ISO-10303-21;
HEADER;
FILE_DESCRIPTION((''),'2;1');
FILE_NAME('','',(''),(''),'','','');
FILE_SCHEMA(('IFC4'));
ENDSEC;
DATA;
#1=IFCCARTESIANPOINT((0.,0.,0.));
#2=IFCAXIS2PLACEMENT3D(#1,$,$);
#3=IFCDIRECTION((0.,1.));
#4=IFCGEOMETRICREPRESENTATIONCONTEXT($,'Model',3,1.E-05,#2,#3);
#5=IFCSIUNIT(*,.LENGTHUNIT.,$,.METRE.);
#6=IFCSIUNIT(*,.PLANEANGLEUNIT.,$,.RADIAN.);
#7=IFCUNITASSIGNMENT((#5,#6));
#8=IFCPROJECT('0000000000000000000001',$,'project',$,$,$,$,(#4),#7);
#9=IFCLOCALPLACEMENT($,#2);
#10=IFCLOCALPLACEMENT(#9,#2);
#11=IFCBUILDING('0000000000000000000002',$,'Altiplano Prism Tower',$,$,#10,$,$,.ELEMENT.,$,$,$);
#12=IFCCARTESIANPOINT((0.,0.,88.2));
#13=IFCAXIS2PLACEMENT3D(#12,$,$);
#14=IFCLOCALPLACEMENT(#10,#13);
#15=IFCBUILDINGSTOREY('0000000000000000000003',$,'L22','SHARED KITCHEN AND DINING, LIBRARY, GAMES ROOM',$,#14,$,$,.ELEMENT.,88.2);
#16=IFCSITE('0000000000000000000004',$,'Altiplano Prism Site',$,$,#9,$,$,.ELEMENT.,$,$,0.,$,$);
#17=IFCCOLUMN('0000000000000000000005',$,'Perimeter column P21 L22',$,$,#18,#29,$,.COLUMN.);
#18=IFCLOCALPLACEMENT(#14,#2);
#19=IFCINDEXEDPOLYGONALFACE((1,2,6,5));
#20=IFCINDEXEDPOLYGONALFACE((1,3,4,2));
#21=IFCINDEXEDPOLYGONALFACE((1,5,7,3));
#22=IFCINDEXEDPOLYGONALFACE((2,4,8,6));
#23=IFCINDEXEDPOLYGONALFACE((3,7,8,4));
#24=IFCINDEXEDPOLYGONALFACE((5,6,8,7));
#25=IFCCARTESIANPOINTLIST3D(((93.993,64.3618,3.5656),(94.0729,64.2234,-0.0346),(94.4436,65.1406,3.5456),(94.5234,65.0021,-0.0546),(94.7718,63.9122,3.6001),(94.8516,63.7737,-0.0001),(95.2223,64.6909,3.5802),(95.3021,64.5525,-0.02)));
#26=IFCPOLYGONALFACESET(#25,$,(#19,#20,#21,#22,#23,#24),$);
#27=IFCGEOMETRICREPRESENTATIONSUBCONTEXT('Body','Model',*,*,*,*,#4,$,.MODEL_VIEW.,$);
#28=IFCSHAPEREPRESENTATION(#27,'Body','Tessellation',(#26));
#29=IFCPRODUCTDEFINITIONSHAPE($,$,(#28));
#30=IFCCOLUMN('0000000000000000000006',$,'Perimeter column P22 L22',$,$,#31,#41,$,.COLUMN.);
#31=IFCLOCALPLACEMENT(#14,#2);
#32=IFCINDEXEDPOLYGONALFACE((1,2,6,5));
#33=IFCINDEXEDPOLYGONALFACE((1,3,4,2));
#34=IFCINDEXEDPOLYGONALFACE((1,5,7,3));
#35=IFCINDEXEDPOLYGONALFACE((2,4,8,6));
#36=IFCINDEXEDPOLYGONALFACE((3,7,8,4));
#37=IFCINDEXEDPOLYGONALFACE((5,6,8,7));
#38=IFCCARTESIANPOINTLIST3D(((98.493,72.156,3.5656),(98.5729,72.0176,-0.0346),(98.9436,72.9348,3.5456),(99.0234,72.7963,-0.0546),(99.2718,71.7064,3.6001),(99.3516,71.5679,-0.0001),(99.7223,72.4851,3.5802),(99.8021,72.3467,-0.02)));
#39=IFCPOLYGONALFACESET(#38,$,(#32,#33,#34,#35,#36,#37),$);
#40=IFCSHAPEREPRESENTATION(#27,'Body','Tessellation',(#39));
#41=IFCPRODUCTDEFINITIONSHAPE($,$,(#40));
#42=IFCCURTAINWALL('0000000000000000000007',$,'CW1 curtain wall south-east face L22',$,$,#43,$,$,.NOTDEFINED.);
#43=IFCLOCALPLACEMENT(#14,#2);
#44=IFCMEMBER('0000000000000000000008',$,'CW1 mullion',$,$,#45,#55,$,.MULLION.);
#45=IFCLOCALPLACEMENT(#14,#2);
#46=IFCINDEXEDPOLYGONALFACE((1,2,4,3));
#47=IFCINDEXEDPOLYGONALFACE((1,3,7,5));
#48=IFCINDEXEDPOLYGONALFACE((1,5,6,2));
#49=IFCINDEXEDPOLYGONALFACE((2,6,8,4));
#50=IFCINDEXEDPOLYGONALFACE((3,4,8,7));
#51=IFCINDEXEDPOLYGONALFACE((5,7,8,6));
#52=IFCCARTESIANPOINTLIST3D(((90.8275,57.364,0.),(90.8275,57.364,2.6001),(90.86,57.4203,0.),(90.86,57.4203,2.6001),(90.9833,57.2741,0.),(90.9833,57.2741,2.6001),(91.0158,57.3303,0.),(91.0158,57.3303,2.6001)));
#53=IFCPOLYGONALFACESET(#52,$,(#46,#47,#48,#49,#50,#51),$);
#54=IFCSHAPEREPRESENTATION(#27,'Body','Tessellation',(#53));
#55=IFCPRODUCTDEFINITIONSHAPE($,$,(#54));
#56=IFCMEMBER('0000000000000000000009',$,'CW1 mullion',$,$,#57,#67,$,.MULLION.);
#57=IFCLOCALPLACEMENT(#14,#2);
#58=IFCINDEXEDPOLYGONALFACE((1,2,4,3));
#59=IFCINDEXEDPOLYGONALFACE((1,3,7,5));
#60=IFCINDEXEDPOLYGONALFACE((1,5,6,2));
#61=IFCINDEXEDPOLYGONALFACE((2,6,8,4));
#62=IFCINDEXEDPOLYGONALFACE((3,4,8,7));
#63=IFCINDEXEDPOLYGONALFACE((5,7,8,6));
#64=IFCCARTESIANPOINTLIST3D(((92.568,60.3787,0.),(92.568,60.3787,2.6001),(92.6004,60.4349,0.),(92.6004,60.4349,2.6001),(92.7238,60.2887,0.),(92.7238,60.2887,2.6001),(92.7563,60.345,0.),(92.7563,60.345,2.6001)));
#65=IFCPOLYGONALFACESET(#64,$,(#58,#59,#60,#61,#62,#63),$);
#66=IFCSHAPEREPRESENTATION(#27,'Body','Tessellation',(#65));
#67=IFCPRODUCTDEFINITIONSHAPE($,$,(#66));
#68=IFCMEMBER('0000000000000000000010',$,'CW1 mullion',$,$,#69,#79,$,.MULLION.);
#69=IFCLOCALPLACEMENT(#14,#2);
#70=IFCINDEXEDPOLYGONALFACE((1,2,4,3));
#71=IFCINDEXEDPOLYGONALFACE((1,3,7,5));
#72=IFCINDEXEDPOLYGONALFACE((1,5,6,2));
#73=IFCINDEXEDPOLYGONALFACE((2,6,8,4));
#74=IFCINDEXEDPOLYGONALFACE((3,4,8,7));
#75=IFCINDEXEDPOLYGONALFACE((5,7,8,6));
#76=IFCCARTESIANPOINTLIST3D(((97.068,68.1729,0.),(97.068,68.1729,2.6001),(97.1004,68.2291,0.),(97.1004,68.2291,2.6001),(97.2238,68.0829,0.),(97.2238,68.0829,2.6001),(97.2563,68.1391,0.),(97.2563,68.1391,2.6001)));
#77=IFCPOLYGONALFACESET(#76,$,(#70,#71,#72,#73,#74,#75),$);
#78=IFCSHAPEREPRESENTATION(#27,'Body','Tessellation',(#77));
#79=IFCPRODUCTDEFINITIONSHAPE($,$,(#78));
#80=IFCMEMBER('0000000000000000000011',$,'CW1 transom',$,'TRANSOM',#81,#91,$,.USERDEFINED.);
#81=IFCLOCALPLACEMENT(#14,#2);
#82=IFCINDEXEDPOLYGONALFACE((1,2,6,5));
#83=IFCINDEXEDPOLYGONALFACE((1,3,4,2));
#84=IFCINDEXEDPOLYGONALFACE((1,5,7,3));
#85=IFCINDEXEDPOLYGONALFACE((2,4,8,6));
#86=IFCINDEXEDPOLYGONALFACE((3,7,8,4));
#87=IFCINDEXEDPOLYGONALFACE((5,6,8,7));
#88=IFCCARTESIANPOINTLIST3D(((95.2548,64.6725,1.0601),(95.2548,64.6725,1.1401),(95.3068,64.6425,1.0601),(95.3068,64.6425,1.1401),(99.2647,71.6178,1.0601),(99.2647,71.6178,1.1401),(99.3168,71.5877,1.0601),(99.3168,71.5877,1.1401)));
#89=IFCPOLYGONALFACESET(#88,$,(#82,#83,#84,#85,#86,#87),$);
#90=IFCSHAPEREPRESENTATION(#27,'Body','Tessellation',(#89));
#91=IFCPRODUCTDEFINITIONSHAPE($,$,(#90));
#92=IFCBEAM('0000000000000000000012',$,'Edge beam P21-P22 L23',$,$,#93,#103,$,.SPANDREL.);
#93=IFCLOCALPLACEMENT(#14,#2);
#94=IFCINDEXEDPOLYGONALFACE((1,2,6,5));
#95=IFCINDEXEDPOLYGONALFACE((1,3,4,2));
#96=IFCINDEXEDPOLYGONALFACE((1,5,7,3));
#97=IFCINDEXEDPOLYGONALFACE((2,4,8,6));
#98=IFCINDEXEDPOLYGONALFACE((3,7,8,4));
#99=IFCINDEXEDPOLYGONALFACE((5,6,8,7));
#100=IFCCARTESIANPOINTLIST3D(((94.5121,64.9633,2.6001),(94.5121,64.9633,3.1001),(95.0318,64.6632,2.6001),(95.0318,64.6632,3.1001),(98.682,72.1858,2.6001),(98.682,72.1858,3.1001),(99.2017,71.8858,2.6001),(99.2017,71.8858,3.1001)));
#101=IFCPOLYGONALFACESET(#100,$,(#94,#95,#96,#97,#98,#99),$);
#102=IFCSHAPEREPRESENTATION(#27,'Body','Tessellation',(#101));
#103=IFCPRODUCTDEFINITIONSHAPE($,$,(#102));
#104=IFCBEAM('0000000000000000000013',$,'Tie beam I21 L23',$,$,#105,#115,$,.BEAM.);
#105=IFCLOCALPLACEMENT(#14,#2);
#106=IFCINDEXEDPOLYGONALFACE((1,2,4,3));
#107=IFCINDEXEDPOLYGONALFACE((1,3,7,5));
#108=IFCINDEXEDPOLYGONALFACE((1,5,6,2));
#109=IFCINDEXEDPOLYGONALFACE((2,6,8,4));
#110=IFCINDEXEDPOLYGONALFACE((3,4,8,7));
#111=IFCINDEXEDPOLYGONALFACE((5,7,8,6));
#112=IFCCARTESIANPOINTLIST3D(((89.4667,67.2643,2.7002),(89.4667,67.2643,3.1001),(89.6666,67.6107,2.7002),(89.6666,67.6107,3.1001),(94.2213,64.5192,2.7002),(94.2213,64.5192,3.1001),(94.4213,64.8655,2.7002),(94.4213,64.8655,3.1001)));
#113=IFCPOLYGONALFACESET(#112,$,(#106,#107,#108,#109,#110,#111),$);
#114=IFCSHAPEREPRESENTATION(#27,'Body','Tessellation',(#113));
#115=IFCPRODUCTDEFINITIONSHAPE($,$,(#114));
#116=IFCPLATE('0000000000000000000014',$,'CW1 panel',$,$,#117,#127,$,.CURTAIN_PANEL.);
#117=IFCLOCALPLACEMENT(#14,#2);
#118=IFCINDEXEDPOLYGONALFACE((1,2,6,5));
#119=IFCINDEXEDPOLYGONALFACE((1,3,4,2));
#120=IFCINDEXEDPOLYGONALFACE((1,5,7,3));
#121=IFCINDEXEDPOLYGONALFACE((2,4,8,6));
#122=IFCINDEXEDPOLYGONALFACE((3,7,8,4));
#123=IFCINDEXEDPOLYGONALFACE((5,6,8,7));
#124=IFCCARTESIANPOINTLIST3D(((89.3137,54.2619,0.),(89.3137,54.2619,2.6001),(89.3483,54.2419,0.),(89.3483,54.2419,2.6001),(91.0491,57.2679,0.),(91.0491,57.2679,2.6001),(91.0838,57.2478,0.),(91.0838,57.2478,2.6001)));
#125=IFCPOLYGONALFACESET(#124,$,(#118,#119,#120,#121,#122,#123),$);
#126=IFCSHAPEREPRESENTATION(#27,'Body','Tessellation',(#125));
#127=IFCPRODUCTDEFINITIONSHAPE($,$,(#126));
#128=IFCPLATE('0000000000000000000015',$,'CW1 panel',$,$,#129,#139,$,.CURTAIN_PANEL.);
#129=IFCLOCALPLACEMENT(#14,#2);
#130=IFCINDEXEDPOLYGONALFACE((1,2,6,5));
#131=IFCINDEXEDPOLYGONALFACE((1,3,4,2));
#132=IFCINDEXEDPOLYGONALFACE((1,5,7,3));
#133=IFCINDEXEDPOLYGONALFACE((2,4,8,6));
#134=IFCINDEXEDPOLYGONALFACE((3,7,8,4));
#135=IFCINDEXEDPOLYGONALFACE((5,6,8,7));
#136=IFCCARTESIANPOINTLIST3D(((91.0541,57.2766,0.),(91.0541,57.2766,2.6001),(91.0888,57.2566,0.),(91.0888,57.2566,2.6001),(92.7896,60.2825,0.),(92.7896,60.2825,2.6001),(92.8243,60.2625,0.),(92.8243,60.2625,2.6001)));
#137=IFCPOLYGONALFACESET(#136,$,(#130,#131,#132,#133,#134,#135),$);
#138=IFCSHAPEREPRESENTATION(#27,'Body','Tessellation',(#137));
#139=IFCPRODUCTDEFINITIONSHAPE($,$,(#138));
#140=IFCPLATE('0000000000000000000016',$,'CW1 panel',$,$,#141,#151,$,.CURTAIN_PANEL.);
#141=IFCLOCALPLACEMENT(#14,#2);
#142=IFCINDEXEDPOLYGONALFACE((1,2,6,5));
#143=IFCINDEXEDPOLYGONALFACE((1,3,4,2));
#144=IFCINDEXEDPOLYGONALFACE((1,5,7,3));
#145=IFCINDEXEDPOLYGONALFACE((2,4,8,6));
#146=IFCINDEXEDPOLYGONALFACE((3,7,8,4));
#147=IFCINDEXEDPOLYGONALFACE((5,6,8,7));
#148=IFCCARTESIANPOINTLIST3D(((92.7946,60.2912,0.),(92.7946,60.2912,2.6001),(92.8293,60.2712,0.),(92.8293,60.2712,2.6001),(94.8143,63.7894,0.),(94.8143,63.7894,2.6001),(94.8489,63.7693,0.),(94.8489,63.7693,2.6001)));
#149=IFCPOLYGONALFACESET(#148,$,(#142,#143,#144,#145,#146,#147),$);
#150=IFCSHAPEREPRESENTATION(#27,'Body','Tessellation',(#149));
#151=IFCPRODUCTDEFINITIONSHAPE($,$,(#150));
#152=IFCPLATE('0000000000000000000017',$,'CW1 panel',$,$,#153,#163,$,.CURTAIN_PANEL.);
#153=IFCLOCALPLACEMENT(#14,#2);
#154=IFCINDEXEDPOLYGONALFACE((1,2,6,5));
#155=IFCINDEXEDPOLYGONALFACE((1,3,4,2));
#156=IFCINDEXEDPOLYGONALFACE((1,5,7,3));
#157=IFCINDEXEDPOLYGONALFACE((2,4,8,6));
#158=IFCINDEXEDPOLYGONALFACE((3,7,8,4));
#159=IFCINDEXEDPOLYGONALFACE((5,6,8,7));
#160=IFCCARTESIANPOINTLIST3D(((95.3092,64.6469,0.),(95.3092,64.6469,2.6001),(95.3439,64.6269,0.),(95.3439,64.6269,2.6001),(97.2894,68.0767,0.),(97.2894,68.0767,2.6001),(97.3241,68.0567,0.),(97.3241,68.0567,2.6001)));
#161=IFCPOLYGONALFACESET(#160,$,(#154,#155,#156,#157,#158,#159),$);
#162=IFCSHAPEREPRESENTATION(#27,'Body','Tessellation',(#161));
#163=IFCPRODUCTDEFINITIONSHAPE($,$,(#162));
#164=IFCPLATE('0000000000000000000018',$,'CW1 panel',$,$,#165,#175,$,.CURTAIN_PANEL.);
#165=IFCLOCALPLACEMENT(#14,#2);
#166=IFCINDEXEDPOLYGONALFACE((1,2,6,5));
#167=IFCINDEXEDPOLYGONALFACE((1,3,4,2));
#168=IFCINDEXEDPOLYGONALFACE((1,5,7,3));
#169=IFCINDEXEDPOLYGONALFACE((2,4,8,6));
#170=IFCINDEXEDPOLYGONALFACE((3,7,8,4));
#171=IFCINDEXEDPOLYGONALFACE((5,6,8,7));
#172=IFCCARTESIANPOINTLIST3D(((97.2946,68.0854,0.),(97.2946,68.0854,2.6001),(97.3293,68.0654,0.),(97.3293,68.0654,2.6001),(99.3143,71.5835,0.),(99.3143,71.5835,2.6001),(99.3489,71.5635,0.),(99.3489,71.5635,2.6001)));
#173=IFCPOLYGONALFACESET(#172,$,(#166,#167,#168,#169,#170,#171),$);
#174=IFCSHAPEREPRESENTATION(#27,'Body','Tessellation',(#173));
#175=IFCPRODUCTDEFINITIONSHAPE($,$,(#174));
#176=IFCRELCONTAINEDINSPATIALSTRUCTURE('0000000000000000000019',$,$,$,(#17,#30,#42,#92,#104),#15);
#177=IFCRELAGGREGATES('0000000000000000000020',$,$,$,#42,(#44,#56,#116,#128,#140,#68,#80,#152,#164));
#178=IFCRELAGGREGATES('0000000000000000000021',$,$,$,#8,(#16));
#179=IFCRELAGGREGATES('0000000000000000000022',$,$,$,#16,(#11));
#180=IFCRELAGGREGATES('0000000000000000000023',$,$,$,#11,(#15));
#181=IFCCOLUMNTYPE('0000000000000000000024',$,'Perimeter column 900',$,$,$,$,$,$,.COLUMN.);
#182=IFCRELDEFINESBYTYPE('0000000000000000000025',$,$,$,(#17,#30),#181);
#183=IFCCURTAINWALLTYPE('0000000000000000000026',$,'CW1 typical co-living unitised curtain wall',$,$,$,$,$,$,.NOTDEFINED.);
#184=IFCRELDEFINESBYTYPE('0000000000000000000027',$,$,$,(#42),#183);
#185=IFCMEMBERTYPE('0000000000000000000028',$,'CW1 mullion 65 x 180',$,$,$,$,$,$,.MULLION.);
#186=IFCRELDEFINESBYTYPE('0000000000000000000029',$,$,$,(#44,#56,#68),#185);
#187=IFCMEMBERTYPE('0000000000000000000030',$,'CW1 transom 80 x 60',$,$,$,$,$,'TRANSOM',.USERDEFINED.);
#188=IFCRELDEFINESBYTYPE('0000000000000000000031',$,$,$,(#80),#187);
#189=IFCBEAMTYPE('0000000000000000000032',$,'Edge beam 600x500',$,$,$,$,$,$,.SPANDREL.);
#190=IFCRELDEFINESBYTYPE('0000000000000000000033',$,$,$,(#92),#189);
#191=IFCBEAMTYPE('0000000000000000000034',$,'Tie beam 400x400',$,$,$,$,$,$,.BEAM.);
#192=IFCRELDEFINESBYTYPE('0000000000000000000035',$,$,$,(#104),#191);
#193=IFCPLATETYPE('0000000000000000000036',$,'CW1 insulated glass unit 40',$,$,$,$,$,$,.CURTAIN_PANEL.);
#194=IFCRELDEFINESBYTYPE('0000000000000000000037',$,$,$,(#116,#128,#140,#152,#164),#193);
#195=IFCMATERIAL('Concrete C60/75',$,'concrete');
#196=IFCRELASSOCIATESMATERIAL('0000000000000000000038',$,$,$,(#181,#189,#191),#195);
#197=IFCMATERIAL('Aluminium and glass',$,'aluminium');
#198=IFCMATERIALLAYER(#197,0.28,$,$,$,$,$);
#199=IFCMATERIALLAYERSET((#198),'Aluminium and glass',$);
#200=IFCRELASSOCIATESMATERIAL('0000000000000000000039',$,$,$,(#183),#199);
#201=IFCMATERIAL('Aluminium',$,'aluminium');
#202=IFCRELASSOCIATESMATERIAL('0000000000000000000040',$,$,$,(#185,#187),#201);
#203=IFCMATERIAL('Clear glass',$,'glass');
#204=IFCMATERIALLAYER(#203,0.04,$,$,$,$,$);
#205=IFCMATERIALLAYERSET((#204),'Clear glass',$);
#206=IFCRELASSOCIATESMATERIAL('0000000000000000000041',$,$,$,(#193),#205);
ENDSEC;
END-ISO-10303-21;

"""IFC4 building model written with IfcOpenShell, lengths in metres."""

from ifc_helpers import new_model, si_unit, direction, frame, origin, origin_2d, place, context, subcontext, project, spatial, rectangle, extrude, material, layer, layer_set, material_profile, profile_set, type_object, element, aggregate, save


model = new_model("IFC4")

# Units and contexts
model_context = context("Model", 3, precision=1e-05, world=origin(), true_north=direction((0.0, 1.0)))
body_context = subcontext(model_context, "Body", "Model", "MODEL_VIEW")
ifc_project = project(units=[si_unit("LENGTHUNIT", "METRE"), si_unit("PLANEANGLEUNIT", "RADIAN")], contexts=[model_context])

# Site, building, storey
site_placement = place(None, origin())
site = spatial("IfcSite", under=ifc_project, at=site_placement, Name="Altiplano Prism Site", CompositionType="ELEMENT", RefElevation=0.0)
building_placement = place(site_placement, origin())
building = spatial("IfcBuilding", under=site, at=building_placement, Name="Altiplano Prism Tower", CompositionType="ELEMENT")
storey_placement = place(building_placement, frame((0.0, 0.0, 88.2)))
storey = spatial("IfcBuildingStorey", under=building, at=storey_placement, Name="L22", Description="SHARED KITCHEN AND DINING, LIBRARY, GAMES ROOM", CompositionType="ELEMENT", Elevation=88.2)

# Columns
ifc_material_1 = material(Name="Concrete C60/75", Category="concrete")
ifc_material_profile_1 = material_profile(ifc_material_1, rectangle(XDim=0.8999, YDim=0.8999, at=origin_2d()), Name="Perimeter column 900")
ifc_profile_set_1 = profile_set([ifc_material_profile_1], Name="Concrete C60/75")
column_type = type_object("IfcColumnType", Name="Perimeter column 900", PredefinedType="COLUMN", material=ifc_profile_set_1)
for number, where, z_axis, x_axis, name in (
    (1, (94.6875, 64.3879, -0.0273), (-0.022154, 0.038413, 0.999016), (-0.500653, -0.865364, 0.022172), "Perimeter column P21 L22"),
    (2, (99.1875, 72.1821, -0.0273), (-0.022154, 0.038413, 0.999016), (-0.500653, -0.865364, 0.022172), "Perimeter column P22 L22"),
):
    element("IfcColumn", number, at=place(storey_placement, frame(where, z_axis=z_axis, x_axis=x_axis)), inside=storey, type_object=column_type, Name=name, PredefinedType="COLUMN", context=body_context, shape_type="SweptSolid", body=[
        extrude(rectangle(XDim=0.8999, YDim=0.8999, at=origin_2d()), origin(), (0.0, 0.0, 1.0), 3.6038),
    ])

# Curtain wall, members
ifc_material_2 = material(Name="Aluminium and glass", Category="aluminium")
ifc_layer_1 = layer(ifc_material_2, 0.28)
ifc_layer_set_1 = layer_set([ifc_layer_1], Name="Aluminium and glass")
curtain_wall_type = type_object("IfcCurtainWallType", Name="CW1 typical co-living unitised curtain wall", PredefinedType="NOTDEFINED", material=ifc_layer_set_1)
curtain_wall_placement = place(storey_placement, origin())
curtain_wall = element("IfcCurtainWall", 3, at=curtain_wall_placement, inside=storey, type_object=curtain_wall_type, Name="CW1 curtain wall south-east face L22", PredefinedType="NOTDEFINED")
ifc_material_3 = material(Name="Aluminium", Category="aluminium")
ifc_material_profile_2 = material_profile(ifc_material_3, rectangle(XDim=0.1799, YDim=0.0649, at=origin_2d()), Name="CW1 mullion 65 x 180")
ifc_profile_set_2 = profile_set([ifc_material_profile_2], Name="Aluminium")
member_type_1 = type_object("IfcMemberType", Name="CW1 mullion 65 x 180", PredefinedType="MULLION", material=ifc_profile_set_2)
member_1_placement = place(storey_placement, frame((90.9216, 57.3472, 0.0), z_axis=(0.0, 0.0, 1.0), x_axis=(-0.866025, 0.5, 0.0)))
member_1 = element("IfcMember", 4, at=member_1_placement, type_object=member_type_1, Name="CW1 mullion", PredefinedType="MULLION", context=body_context, shape_type="SweptSolid", body=[
    extrude(rectangle(XDim=0.1799, YDim=0.0649, at=origin_2d()), origin(), (0.0, 0.0, 1.0), 2.6001),
])
member_2_placement = place(storey_placement, frame((92.6621, 60.3618, 0.0), z_axis=(0.0, 0.0, 1.0), x_axis=(-0.866025, 0.5, 0.0)))
member_2 = element("IfcMember", 5, at=member_2_placement, type_object=member_type_1, Name="CW1 mullion", PredefinedType="MULLION", context=body_context, shape_type="SweptSolid", body=[
    extrude(rectangle(XDim=0.1799, YDim=0.0649, at=origin_2d()), origin(), (0.0, 0.0, 1.0), 2.6001),
])
member_3_placement = place(storey_placement, frame((97.1621, 68.156, 0.0), z_axis=(0.0, 0.0, 1.0), x_axis=(-0.866025, 0.5, 0.0)))
member_3 = element("IfcMember", 6, at=member_3_placement, type_object=member_type_1, Name="CW1 mullion", PredefinedType="MULLION", context=body_context, shape_type="SweptSolid", body=[
    extrude(rectangle(XDim=0.1799, YDim=0.0649, at=origin_2d()), origin(), (0.0, 0.0, 1.0), 2.6001),
])
ifc_material_profile_3 = material_profile(ifc_material_3, rectangle(XDim=0.0601, YDim=0.0801, at=origin_2d()), Name="CW1 transom 80 x 60")
ifc_profile_set_3 = profile_set([ifc_material_profile_3], Name="Aluminium")
member_type_2 = type_object("IfcMemberType", Name="CW1 transom 80 x 60", ElementType="TRANSOM", PredefinedType="USERDEFINED", material=ifc_profile_set_3)
member_4_placement = place(storey_placement, frame((95.2808, 64.6575, 1.1001), z_axis=(0.500012, 0.866018, 0.0), x_axis=(-0.866018, 0.500012, 0.0)))
member_4 = element("IfcMember", 7, at=member_4_placement, type_object=member_type_2, Name="CW1 transom", ObjectType="TRANSOM", PredefinedType="USERDEFINED", context=body_context, shape_type="SweptSolid", body=[
    extrude(rectangle(XDim=0.0601, YDim=0.0801, at=origin_2d()), origin(), (0.0, 0.0, 1.0), 8.0198),
])

# Beams
ifc_material_profile_4 = material_profile(ifc_material_1, rectangle(XDim=0.6001, YDim=0.5, at=origin_2d()), Name="Edge beam 600x500")
ifc_profile_set_4 = profile_set([ifc_material_profile_4], Name="Concrete C60/75")
beam_type_1 = type_object("IfcBeamType", Name="Edge beam 600x500", PredefinedType="SPANDREL", material=ifc_profile_set_4)
beam_1_placement = place(storey_placement, frame((94.772, 64.8132, 2.8501), z_axis=(0.499993, 0.86603, 0.0), x_axis=(-0.86603, 0.499993, 0.0)))
element("IfcBeam", 8, at=beam_1_placement, inside=storey, type_object=beam_type_1, Name="Edge beam P21-P22 L23", PredefinedType="SPANDREL", context=body_context, shape_type="SweptSolid", body=[
    extrude(rectangle(XDim=0.6001, YDim=0.5, at=origin_2d()), origin(), (0.0, 0.0, 1.0), 8.3398),
])
ifc_material_profile_5 = material_profile(ifc_material_1, rectangle(XDim=0.3999, YDim=0.3999, at=origin_2d()), Name="Tie beam 400x400")
ifc_profile_set_5 = profile_set([ifc_material_profile_5], Name="Concrete C60/75")
beam_type_2 = type_object("IfcBeamType", Name="Tie beam 400x400", PredefinedType="BEAM", material=ifc_profile_set_5)
beam_2_placement = place(storey_placement, frame((89.5667, 67.4375, 2.9001), z_axis=(0.866023, -0.500003, 0.0), x_axis=(0.500003, 0.866023, 0.0)))
element("IfcBeam", 9, at=beam_2_placement, inside=storey, type_object=beam_type_2, Name="Tie beam I21 L23", PredefinedType="BEAM", context=body_context, shape_type="SweptSolid", body=[
    extrude(rectangle(XDim=0.3999, YDim=0.3999, at=origin_2d()), origin(), (0.0, 0.0, 1.0), 5.4902),
])

# Plates
ifc_material_4 = material(Name="Clear glass", Category="glass")
ifc_layer_2 = layer(ifc_material_4, 0.04)
ifc_layer_set_2 = layer_set([ifc_layer_2], Name="Clear glass")
plate_type = type_object("IfcPlateType", Name="CW1 insulated glass unit 40", PredefinedType="CURTAIN_PANEL", material=ifc_layer_set_2)
plate_1_placement = place(storey_placement, frame((90.1987, 55.7549, 0.0), z_axis=(0.0, 0.0, 1.0), x_axis=(0.5, 0.866025, 0.0)))
plate_1 = element("IfcPlate", 10, at=plate_1_placement, type_object=plate_type, Name="CW1 panel", PredefinedType="CURTAIN_PANEL", context=body_context, shape_type="SweptSolid", body=[
    extrude(rectangle(XDim=3.4709, YDim=0.04, at=origin_2d()), origin(), (0.0, 0.0, 1.0), 2.6001),
])
plate_2_placement = place(storey_placement, frame((91.9392, 58.7695, 0.0), z_axis=(0.0, 0.0, 1.0), x_axis=(0.5, 0.866025, 0.0)))
plate_2 = element("IfcPlate", 11, at=plate_2_placement, type_object=plate_type, Name="CW1 panel", PredefinedType="CURTAIN_PANEL", context=body_context, shape_type="SweptSolid", body=[
    extrude(rectangle(XDim=3.4709, YDim=0.04, at=origin_2d()), origin(), (0.0, 0.0, 1.0), 2.6001),
])
plate_3_placement = place(storey_placement, frame((93.8218, 62.0303, 0.0), z_axis=(0.0, 0.0, 1.0), x_axis=(0.5, 0.866025, 0.0)))
plate_3 = element("IfcPlate", 12, at=plate_3_placement, type_object=plate_type, Name="CW1 panel", PredefinedType="CURTAIN_PANEL", context=body_context, shape_type="SweptSolid", body=[
    extrude(rectangle(XDim=4.0393, YDim=0.04, at=origin_2d()), origin(), (0.0, 0.0, 1.0), 2.6001),
])
plate_4_placement = place(storey_placement, frame((96.3167, 66.3518, 0.0), z_axis=(0.0, 0.0, 1.0), x_axis=(0.5, 0.866025, 0.0)))
plate_4 = element("IfcPlate", 13, at=plate_4_placement, type_object=plate_type, Name="CW1 panel", PredefinedType="CURTAIN_PANEL", context=body_context, shape_type="SweptSolid", body=[
    extrude(rectangle(XDim=3.9604, YDim=0.04, at=origin_2d()), origin(), (0.0, 0.0, 1.0), 2.6001),
])
plate_5_placement = place(storey_placement, frame((98.3218, 69.8245, 0.0), z_axis=(0.0, 0.0, 1.0), x_axis=(0.5, 0.866025, 0.0)))
plate_5 = element("IfcPlate", 14, at=plate_5_placement, type_object=plate_type, Name="CW1 panel", PredefinedType="CURTAIN_PANEL", context=body_context, shape_type="SweptSolid", body=[
    extrude(rectangle(XDim=4.0393, YDim=0.04, at=origin_2d()), origin(), (0.0, 0.0, 1.0), 2.6001),
])
aggregate(curtain_wall, [member_1, member_2, plate_1, plate_2, plate_3, member_3, member_4, plate_4, plate_5])

save(model, "model.ifc")
